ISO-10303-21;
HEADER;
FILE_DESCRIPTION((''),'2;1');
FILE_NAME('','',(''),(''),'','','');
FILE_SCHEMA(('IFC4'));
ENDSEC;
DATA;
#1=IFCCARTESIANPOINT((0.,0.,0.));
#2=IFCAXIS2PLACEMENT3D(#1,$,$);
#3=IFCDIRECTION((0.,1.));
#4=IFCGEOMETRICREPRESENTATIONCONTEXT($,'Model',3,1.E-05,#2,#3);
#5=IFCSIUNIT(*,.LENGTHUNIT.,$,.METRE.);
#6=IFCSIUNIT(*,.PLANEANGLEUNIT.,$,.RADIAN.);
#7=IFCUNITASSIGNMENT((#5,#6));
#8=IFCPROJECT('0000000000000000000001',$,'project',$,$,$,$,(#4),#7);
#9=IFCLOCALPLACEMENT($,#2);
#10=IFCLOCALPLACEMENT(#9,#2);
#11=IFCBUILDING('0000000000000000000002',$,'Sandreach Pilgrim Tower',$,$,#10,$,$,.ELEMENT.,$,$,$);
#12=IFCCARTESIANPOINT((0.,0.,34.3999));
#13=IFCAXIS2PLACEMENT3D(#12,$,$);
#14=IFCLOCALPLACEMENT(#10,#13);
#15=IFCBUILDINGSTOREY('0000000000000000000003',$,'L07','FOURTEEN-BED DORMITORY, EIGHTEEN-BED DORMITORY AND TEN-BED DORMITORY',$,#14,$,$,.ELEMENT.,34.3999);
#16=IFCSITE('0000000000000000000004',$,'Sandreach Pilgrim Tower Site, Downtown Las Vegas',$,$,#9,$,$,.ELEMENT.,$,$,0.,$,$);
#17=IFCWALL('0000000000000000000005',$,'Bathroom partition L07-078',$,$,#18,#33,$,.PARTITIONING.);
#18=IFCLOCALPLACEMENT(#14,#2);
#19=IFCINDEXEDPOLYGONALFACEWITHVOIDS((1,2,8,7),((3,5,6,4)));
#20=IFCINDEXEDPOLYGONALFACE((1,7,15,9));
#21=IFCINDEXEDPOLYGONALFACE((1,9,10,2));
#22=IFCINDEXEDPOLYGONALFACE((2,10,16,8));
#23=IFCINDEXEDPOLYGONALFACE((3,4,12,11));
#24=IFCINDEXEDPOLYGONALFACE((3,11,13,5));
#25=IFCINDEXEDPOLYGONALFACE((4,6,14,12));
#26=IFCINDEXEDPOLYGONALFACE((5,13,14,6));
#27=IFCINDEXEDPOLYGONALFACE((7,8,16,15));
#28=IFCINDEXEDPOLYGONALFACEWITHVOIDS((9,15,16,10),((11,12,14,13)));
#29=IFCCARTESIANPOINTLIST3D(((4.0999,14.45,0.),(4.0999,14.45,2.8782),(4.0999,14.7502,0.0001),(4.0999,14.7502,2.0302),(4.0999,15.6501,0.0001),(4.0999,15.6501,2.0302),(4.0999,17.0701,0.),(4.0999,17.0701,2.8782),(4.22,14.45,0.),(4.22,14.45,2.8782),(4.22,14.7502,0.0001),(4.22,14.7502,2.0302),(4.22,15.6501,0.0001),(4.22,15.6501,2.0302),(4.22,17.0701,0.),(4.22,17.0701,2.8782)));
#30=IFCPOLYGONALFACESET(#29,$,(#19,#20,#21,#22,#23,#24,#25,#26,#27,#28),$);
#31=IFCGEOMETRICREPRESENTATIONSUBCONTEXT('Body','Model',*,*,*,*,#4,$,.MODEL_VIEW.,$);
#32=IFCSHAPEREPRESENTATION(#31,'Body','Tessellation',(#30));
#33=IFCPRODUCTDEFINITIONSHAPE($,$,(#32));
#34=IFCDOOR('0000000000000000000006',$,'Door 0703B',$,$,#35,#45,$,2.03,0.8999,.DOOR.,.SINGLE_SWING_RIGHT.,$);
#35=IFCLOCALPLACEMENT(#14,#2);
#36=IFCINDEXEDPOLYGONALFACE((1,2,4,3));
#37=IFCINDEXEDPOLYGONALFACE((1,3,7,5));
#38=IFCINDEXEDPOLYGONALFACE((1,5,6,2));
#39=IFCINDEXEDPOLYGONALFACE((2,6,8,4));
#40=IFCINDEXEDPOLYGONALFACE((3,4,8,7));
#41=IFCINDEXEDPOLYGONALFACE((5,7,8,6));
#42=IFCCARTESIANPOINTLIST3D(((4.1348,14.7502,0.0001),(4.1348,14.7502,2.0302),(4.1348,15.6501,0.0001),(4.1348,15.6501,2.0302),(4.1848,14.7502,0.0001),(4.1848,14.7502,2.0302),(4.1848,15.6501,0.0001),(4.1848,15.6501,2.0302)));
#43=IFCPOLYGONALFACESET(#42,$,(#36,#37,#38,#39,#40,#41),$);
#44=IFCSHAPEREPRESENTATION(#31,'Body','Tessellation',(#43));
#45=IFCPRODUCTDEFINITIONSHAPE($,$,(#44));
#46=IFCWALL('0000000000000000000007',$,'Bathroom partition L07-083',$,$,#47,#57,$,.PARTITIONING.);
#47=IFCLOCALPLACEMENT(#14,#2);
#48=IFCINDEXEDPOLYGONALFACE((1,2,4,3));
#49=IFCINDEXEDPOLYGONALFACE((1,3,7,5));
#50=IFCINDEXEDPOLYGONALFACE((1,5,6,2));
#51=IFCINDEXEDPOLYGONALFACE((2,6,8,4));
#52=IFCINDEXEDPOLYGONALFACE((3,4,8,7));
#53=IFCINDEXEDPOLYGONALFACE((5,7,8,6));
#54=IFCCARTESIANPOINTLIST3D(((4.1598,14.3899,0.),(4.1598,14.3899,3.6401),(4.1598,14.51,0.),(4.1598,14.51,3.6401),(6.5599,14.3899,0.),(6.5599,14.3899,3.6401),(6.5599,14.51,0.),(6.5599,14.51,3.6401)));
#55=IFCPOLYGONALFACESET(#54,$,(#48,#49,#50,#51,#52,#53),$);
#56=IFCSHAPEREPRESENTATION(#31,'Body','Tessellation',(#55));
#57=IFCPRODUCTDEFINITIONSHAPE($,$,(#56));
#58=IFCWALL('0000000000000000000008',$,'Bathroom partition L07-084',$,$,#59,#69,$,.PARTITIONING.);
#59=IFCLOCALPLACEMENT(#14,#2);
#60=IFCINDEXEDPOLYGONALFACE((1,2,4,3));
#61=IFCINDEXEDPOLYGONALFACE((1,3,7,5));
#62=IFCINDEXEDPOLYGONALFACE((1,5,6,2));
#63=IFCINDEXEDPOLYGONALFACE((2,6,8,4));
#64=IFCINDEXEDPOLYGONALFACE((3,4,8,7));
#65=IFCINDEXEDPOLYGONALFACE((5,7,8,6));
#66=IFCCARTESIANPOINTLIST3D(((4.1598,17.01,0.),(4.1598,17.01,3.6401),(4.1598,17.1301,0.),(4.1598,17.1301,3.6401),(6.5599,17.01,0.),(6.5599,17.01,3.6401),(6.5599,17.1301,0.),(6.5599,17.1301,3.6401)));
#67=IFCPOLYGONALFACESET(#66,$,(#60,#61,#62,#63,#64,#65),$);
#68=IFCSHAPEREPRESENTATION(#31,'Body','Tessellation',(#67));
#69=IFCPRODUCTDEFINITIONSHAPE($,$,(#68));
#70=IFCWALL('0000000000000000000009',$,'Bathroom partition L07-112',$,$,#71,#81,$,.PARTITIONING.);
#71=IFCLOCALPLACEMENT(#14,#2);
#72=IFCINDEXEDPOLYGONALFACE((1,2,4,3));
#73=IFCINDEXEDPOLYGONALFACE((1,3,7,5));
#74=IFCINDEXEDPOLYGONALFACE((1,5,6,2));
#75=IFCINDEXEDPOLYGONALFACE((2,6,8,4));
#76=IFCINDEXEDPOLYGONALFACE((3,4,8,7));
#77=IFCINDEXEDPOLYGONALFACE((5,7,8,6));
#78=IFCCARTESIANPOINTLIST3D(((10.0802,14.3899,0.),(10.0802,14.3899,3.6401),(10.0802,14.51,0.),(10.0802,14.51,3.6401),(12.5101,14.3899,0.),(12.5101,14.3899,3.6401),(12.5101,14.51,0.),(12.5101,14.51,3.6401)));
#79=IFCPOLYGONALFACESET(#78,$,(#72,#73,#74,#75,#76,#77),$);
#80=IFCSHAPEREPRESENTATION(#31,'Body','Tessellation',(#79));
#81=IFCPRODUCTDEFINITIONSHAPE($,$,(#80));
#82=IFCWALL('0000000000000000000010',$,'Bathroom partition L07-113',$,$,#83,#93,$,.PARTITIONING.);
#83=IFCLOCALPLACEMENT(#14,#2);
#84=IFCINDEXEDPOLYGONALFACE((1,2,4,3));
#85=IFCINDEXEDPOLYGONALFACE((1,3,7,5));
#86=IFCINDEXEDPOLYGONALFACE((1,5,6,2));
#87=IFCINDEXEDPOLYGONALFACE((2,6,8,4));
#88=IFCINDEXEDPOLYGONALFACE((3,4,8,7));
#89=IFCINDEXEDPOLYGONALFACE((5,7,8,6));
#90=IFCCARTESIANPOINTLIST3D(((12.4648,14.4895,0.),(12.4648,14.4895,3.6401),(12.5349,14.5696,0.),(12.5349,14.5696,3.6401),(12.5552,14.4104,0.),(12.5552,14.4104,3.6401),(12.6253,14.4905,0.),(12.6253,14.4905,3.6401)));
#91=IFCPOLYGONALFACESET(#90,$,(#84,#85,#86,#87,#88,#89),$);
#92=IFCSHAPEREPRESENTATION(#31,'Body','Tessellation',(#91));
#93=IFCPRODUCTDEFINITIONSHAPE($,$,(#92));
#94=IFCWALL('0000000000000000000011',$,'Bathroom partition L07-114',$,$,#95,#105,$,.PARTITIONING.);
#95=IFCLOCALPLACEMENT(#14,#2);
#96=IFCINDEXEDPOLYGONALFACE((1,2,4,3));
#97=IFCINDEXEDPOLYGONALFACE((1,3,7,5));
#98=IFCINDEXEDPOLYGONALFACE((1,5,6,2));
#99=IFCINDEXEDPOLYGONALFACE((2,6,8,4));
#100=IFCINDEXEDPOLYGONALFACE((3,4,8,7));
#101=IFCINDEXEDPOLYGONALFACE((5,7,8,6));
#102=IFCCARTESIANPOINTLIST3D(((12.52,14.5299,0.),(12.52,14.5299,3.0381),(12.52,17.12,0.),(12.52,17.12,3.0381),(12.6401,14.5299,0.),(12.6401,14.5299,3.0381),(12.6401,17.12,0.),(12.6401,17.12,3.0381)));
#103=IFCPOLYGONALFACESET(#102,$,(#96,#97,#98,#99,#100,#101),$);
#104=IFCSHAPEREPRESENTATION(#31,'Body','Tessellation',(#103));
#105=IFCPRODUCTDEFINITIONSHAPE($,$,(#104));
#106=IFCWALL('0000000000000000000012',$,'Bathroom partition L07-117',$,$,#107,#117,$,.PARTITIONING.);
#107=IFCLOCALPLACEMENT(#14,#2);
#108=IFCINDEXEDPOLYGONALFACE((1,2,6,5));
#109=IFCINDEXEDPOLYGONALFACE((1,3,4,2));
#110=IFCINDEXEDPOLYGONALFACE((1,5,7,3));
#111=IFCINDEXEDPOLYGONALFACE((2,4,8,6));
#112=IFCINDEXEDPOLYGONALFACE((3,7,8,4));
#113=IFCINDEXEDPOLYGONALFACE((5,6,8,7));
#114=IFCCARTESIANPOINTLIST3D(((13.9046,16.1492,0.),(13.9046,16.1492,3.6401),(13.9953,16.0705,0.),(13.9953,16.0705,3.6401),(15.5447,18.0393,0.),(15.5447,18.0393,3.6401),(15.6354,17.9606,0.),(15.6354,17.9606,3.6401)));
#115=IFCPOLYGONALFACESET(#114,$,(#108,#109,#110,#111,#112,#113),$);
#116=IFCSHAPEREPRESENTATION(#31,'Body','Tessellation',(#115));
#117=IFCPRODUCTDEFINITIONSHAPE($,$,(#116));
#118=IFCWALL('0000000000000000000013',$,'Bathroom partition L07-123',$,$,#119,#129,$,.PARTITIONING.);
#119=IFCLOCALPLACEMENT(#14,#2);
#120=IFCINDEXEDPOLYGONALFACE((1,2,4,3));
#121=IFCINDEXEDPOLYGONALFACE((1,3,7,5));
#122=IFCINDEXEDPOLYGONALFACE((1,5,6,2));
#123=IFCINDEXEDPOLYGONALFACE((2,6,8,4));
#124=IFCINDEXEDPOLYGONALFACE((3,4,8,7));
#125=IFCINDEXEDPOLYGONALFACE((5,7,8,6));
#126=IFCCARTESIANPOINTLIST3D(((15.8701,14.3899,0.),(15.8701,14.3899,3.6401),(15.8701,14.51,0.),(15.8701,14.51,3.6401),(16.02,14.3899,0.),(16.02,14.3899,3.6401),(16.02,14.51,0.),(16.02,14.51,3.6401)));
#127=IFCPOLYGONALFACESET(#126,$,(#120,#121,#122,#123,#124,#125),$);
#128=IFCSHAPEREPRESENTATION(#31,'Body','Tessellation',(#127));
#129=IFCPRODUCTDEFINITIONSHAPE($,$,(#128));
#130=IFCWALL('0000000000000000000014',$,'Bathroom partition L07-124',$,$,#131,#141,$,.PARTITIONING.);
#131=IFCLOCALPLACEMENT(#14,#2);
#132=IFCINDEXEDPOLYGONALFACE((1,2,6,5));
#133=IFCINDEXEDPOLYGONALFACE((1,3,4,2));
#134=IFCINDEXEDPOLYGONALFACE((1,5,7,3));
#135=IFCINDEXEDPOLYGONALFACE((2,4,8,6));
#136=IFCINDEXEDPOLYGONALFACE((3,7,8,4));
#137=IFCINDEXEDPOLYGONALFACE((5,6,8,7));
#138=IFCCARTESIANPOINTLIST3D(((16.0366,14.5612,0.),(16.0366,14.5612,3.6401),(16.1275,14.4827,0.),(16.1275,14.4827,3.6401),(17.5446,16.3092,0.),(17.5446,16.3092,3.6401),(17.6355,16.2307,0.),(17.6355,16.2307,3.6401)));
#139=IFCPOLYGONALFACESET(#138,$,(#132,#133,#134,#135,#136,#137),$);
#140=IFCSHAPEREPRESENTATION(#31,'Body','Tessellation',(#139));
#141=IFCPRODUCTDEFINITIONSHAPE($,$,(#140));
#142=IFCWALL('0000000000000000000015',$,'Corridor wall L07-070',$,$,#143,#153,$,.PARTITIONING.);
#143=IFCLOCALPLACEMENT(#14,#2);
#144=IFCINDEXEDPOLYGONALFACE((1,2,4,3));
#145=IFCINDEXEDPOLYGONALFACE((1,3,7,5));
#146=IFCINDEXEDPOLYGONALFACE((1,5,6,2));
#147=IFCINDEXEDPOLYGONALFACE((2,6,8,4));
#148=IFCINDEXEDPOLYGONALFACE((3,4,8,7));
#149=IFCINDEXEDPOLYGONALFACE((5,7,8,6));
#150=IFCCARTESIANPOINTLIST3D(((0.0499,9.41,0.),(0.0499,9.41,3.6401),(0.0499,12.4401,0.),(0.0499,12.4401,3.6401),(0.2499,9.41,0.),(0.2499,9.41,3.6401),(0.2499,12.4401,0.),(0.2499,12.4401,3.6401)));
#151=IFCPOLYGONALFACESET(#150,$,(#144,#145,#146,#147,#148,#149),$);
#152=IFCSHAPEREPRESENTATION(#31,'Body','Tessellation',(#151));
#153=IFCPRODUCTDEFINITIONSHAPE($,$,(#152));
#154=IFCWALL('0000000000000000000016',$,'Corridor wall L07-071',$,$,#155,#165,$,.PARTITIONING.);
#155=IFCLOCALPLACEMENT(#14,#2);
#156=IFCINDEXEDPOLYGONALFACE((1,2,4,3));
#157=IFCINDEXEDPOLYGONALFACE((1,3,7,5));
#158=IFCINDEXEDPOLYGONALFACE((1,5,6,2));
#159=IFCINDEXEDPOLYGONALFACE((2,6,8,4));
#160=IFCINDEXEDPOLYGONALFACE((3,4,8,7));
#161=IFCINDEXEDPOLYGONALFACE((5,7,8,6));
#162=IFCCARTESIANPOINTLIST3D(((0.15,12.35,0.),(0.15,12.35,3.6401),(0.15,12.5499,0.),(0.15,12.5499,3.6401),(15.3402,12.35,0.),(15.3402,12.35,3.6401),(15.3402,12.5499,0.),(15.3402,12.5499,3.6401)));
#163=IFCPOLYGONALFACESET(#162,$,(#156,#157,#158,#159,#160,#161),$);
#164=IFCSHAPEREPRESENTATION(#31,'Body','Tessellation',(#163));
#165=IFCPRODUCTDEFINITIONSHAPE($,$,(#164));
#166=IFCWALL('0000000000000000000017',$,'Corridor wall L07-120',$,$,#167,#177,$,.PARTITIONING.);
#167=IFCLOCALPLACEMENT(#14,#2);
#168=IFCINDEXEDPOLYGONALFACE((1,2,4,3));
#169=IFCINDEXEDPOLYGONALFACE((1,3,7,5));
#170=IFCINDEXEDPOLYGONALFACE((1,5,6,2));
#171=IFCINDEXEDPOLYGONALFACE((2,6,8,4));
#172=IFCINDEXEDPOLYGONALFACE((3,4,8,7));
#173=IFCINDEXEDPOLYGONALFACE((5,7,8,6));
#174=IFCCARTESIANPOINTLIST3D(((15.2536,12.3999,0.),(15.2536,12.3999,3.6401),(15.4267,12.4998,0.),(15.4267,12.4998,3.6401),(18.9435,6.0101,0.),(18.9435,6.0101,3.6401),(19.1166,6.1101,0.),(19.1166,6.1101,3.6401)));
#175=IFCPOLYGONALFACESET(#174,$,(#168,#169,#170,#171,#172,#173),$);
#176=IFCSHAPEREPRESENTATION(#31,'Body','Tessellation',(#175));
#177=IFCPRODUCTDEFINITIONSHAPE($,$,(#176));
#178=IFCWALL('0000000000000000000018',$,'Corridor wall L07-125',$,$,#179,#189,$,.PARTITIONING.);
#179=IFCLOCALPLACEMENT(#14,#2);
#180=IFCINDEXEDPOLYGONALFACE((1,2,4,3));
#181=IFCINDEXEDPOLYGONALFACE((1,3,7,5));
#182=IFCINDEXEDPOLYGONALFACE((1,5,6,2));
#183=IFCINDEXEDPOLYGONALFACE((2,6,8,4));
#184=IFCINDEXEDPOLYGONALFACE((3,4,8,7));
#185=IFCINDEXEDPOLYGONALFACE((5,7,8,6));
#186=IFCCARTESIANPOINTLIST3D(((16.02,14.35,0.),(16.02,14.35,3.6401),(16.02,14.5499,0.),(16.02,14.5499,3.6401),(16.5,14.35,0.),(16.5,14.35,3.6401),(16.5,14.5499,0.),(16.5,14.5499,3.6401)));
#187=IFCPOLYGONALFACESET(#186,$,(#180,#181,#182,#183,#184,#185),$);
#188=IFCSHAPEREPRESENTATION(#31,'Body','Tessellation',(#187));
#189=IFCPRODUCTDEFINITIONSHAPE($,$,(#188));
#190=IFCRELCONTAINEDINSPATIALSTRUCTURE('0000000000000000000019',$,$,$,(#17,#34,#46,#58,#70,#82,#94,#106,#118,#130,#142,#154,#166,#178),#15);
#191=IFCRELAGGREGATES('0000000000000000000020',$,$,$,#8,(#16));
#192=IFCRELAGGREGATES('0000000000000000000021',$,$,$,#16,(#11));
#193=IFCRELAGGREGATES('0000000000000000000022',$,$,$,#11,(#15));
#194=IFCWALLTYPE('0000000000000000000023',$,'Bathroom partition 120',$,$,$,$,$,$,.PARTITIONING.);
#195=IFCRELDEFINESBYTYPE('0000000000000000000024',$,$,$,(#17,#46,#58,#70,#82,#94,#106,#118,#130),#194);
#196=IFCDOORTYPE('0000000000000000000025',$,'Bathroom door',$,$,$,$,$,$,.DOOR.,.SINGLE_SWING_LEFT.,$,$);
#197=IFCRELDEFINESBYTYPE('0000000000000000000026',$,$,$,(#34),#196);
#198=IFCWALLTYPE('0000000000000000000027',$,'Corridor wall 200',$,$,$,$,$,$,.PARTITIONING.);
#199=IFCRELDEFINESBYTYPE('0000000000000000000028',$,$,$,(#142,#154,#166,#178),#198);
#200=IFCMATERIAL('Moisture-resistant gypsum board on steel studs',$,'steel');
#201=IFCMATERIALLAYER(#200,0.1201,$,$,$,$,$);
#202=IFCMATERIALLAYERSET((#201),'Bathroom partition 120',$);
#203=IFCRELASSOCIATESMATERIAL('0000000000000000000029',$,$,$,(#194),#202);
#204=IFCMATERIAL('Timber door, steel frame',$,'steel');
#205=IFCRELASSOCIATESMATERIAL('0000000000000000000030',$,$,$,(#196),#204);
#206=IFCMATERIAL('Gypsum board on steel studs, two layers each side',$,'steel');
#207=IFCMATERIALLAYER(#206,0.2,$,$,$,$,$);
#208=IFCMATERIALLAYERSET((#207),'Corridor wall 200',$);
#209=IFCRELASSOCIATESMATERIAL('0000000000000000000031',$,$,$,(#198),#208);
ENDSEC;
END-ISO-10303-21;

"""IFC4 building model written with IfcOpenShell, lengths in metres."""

from ifc_helpers import new_model, si_unit, direction, frame, frame_2d, origin, place, context, subcontext, project, spatial, rectangle, extrude, material, layer, layer_set, type_object, element, fill, save


model = new_model("IFC4")

# Units and contexts
model_context = context("Model", 3, precision=1e-05, world=origin(), true_north=direction((0.0, 1.0)))
body_context = subcontext(model_context, "Body", "Model", "MODEL_VIEW")
ifc_project = project(units=[si_unit("LENGTHUNIT", "METRE"), si_unit("PLANEANGLEUNIT", "RADIAN")], contexts=[model_context])

# Site, building, storey
site_placement = place(None, origin())
site = spatial("IfcSite", under=ifc_project, at=site_placement, Name="Sandreach Pilgrim Tower Site, Downtown Las Vegas", CompositionType="ELEMENT", RefElevation=0.0)
building_placement = place(site_placement, origin())
building = spatial("IfcBuilding", under=site, at=building_placement, Name="Sandreach Pilgrim Tower", CompositionType="ELEMENT")
storey_placement = place(building_placement, frame((0.0, 0.0, 34.3999)))
storey = spatial("IfcBuildingStorey", under=building, at=storey_placement, Name="L07", Description="FOURTEEN-BED DORMITORY, EIGHTEEN-BED DORMITORY AND TEN-BED DORMITORY", CompositionType="ELEMENT", Elevation=34.3999)

# Wall, opening, door
ifc_material_1 = material(Name="Moisture-resistant gypsum board on steel studs", Category="steel")
ifc_layer_1 = layer(ifc_material_1, 0.1201)
ifc_layer_set_1 = layer_set([ifc_layer_1], Name="Bathroom partition 120")
wall_type_1 = type_object("IfcWallType", Name="Bathroom partition 120", PredefinedType="PARTITIONING", material=ifc_layer_set_1)
wall_1_placement = place(storey_placement, frame((4.1599, 17.0701, 0.0), z_axis=(0.0, 0.0, 1.0), x_axis=(0.0, -1.0, 0.0)))
wall_1 = element("IfcWall", 1, at=wall_1_placement, inside=storey, type_object=wall_type_1, Name="Bathroom partition L07-078", PredefinedType="PARTITIONING", context=body_context, shape_type="SweptSolid", body=[
    extrude(rectangle(XDim=2.6201, YDim=0.1201, at=frame_2d((1.3101, 0.0))), origin(), (0.0, 0.0, 1.0), 2.8782),
])
opening_1_placement = place(wall_1_placement, frame((1.4199, 0.0, 0.0)))
opening_1 = element("IfcOpeningElement", 2, at=opening_1_placement, cuts=wall_1, PredefinedType="OPENING", context=body_context, shape_type="SweptSolid", body=[
    extrude(rectangle(XDim=0.8999, YDim=2.03, at=frame_2d((0.45, 1.0151))), frame((0.0, 0.0601, 0.0), z_axis=(0.0, -1.0, 0.0), x_axis=(1.0, 0.0, 0.0)), (0.0, 0.0, 1.0), 0.1201),
])
ifc_material_2 = material(Name="Timber door, steel frame", Category="steel")
door_type_1 = type_object("IfcDoorType", Name="Bathroom door", OperationType="SINGLE_SWING_LEFT", PredefinedType="DOOR", material=ifc_material_2)
door_1_placement = place(opening_1_placement, origin())
door_1 = element("IfcDoor", 3, at=door_1_placement, inside=storey, type_object=door_type_1, Name="Door 0703B", OperationType="SINGLE_SWING_RIGHT", OverallHeight=2.03, OverallWidth=0.8999, PredefinedType="DOOR", context=body_context, shape_type="SweptSolid", body=[
    extrude(rectangle(XDim=0.8999, YDim=2.03, at=frame_2d((0.45, 1.0151))), frame((0.0, 0.0249, 0.0), z_axis=(0.0, -1.0, 0.0), x_axis=(1.0, 0.0, 0.0)), (0.0, 0.0, 1.0), 0.05),
])
fill(opening_1, door_1)

# Walls
for number, where, z_axis, x_axis, name in (
    (4, (6.5601, 14.45, 0.0), (0.0, 0.0, 1.0), (-1.0, 0.0, 0.0), "Bathroom partition L07-083"),
    (5, (6.5601, 17.0701, 0.0), (0.0, 0.0, 1.0), (-1.0, 0.0, 0.0), "Bathroom partition L07-084"),
):
    element("IfcWall", number, at=place(storey_placement, frame(where, z_axis=z_axis, x_axis=x_axis)), inside=storey, type_object=wall_type_1, Name=name, PredefinedType="PARTITIONING", context=body_context, shape_type="SweptSolid", body=[
        extrude(rectangle(XDim=2.4001, YDim=0.1201, at=frame_2d((1.2002, 0.0))), origin(), (0.0, 0.0, 1.0), 3.6401),
    ])
wall_2_placement = place(storey_placement, frame((12.51, 14.45, 0.0), z_axis=(0.0, 0.0, 1.0), x_axis=(-1.0, 0.0, 0.0)))
element("IfcWall", 6, at=wall_2_placement, inside=storey, type_object=wall_type_1, Name="Bathroom partition L07-112", PredefinedType="PARTITIONING", context=body_context, shape_type="SweptSolid", body=[
    extrude(rectangle(XDim=2.4299, YDim=0.1201, at=frame_2d((1.2148, 0.0))), origin(), (0.0, 0.0, 1.0), 3.6401),
])
wall_3_placement = place(storey_placement, frame((12.5801, 14.53, 0.0), z_axis=(0.0, 0.0, 1.0), x_axis=(-0.658505, -0.752577, 0.0)))
element("IfcWall", 7, at=wall_3_placement, inside=storey, type_object=wall_type_1, Name="Bathroom partition L07-113", PredefinedType="PARTITIONING", context=body_context, shape_type="SweptSolid", body=[
    extrude(rectangle(XDim=0.1064, YDim=0.1201, at=frame_2d((0.0532, 0.0))), origin(), (0.0, 0.0, 1.0), 3.6401),
])
wall_4_placement = place(storey_placement, frame((12.5801, 14.53, 0.0), z_axis=(0.0, 0.0, 1.0), x_axis=(0.0, 1.0, 0.0)))
element("IfcWall", 8, at=wall_4_placement, inside=storey, type_object=wall_type_1, Name="Bathroom partition L07-114", PredefinedType="PARTITIONING", context=body_context, shape_type="SweptSolid", body=[
    extrude(rectangle(XDim=2.5901, YDim=0.1201, at=frame_2d((1.2949, 0.0))), origin(), (0.0, 0.0, 1.0), 3.0381),
])
wall_5_placement = place(storey_placement, frame((13.95, 16.1099, 0.0), z_axis=(0.0, 0.0, 1.0), x_axis=(0.655391, 0.75529, 0.0)))
element("IfcWall", 9, at=wall_5_placement, inside=storey, type_object=wall_type_1, Name="Bathroom partition L07-117", PredefinedType="PARTITIONING", context=body_context, shape_type="SweptSolid", body=[
    extrude(rectangle(XDim=2.5024, YDim=0.1201, at=frame_2d((1.2512, 0.0))), origin(), (0.0, 0.0, 1.0), 3.6401),
])
wall_6_placement = place(storey_placement, frame((16.02, 14.45, 0.0), z_axis=(0.0, 0.0, 1.0), x_axis=(-1.0, 0.0, 0.0)))
element("IfcWall", 10, at=wall_6_placement, inside=storey, type_object=wall_type_1, Name="Bathroom partition L07-123", PredefinedType="PARTITIONING", context=body_context, shape_type="SweptSolid", body=[
    extrude(rectangle(XDim=0.1499, YDim=0.1201, at=frame_2d((0.075, 0.0))), origin(), (0.0, 0.0, 1.0), 3.6401),
])
wall_7_placement = place(storey_placement, frame((16.082, 14.522, 0.0), z_axis=(0.0, 0.0, 1.0), x_axis=(0.653218, 0.75717, 0.0)))
element("IfcWall", 11, at=wall_7_placement, inside=storey, type_object=wall_type_1, Name="Bathroom partition L07-124", PredefinedType="PARTITIONING", context=body_context, shape_type="SweptSolid", body=[
    extrude(rectangle(XDim=2.3086, YDim=0.1201, at=frame_2d((1.1543, 0.0))), origin(), (0.0, 0.0, 1.0), 3.6401),
])
ifc_material_3 = material(Name="Gypsum board on steel studs, two layers each side", Category="steel")
ifc_layer_2 = layer(ifc_material_3, 0.2)
ifc_layer_set_2 = layer_set([ifc_layer_2], Name="Corridor wall 200")
wall_type_2 = type_object("IfcWallType", Name="Corridor wall 200", PredefinedType="PARTITIONING", material=ifc_layer_set_2)
wall_8_placement = place(storey_placement, frame((0.1499, 9.4099, 0.0), z_axis=(0.0, 0.0, 1.0), x_axis=(0.0, 1.0, 0.0)))
element("IfcWall", 12, at=wall_8_placement, inside=storey, type_object=wall_type_2, Name="Corridor wall L07-070", PredefinedType="PARTITIONING", context=body_context, shape_type="SweptSolid", body=[
    extrude(rectangle(XDim=3.03, YDim=0.2, at=frame_2d((1.5151, 0.0))), origin(), (0.0, 0.0, 1.0), 3.6401),
])
wall_9_placement = place(storey_placement, frame((0.1499, 12.45, 0.0), z_axis=(0.0, 0.0, 1.0), x_axis=(1.0, 0.0, 0.0)))
element("IfcWall", 13, at=wall_9_placement, inside=storey, type_object=wall_type_2, Name="Corridor wall L07-071", PredefinedType="PARTITIONING", context=body_context, shape_type="SweptSolid", body=[
    extrude(rectangle(XDim=15.1902, YDim=0.2, at=frame_2d((7.5952, 0.0))), origin(), (0.0, 0.0, 1.0), 3.6401),
])

# Walls
wall_10_placement = place(storey_placement, frame((15.3401, 12.45, 0.0), z_axis=(0.0, 0.0, 1.0), x_axis=(0.500075, -0.865982, 0.0)))
element("IfcWall", 14, at=wall_10_placement, inside=storey, type_object=wall_type_2, Name="Corridor wall L07-120", PredefinedType="PARTITIONING", context=body_context, shape_type="SweptSolid", body=[
    extrude(rectangle(XDim=7.3787, YDim=0.2, at=frame_2d((3.6895, 0.0))), origin(), (0.0, 0.0, 1.0), 3.6401),
])
wall_11_placement = place(storey_placement, frame((16.5, 14.45, 0.0), z_axis=(0.0, 0.0, 1.0), x_axis=(-1.0, 0.0, 0.0)))
element("IfcWall", 15, at=wall_11_placement, inside=storey, type_object=wall_type_2, Name="Corridor wall L07-125", PredefinedType="PARTITIONING", context=body_context, shape_type="SweptSolid", body=[
    extrude(rectangle(XDim=0.48, YDim=0.2, at=frame_2d((0.24, 0.0))), origin(), (0.0, 0.0, 1.0), 3.6401),
])

save(model, "model.ifc")
